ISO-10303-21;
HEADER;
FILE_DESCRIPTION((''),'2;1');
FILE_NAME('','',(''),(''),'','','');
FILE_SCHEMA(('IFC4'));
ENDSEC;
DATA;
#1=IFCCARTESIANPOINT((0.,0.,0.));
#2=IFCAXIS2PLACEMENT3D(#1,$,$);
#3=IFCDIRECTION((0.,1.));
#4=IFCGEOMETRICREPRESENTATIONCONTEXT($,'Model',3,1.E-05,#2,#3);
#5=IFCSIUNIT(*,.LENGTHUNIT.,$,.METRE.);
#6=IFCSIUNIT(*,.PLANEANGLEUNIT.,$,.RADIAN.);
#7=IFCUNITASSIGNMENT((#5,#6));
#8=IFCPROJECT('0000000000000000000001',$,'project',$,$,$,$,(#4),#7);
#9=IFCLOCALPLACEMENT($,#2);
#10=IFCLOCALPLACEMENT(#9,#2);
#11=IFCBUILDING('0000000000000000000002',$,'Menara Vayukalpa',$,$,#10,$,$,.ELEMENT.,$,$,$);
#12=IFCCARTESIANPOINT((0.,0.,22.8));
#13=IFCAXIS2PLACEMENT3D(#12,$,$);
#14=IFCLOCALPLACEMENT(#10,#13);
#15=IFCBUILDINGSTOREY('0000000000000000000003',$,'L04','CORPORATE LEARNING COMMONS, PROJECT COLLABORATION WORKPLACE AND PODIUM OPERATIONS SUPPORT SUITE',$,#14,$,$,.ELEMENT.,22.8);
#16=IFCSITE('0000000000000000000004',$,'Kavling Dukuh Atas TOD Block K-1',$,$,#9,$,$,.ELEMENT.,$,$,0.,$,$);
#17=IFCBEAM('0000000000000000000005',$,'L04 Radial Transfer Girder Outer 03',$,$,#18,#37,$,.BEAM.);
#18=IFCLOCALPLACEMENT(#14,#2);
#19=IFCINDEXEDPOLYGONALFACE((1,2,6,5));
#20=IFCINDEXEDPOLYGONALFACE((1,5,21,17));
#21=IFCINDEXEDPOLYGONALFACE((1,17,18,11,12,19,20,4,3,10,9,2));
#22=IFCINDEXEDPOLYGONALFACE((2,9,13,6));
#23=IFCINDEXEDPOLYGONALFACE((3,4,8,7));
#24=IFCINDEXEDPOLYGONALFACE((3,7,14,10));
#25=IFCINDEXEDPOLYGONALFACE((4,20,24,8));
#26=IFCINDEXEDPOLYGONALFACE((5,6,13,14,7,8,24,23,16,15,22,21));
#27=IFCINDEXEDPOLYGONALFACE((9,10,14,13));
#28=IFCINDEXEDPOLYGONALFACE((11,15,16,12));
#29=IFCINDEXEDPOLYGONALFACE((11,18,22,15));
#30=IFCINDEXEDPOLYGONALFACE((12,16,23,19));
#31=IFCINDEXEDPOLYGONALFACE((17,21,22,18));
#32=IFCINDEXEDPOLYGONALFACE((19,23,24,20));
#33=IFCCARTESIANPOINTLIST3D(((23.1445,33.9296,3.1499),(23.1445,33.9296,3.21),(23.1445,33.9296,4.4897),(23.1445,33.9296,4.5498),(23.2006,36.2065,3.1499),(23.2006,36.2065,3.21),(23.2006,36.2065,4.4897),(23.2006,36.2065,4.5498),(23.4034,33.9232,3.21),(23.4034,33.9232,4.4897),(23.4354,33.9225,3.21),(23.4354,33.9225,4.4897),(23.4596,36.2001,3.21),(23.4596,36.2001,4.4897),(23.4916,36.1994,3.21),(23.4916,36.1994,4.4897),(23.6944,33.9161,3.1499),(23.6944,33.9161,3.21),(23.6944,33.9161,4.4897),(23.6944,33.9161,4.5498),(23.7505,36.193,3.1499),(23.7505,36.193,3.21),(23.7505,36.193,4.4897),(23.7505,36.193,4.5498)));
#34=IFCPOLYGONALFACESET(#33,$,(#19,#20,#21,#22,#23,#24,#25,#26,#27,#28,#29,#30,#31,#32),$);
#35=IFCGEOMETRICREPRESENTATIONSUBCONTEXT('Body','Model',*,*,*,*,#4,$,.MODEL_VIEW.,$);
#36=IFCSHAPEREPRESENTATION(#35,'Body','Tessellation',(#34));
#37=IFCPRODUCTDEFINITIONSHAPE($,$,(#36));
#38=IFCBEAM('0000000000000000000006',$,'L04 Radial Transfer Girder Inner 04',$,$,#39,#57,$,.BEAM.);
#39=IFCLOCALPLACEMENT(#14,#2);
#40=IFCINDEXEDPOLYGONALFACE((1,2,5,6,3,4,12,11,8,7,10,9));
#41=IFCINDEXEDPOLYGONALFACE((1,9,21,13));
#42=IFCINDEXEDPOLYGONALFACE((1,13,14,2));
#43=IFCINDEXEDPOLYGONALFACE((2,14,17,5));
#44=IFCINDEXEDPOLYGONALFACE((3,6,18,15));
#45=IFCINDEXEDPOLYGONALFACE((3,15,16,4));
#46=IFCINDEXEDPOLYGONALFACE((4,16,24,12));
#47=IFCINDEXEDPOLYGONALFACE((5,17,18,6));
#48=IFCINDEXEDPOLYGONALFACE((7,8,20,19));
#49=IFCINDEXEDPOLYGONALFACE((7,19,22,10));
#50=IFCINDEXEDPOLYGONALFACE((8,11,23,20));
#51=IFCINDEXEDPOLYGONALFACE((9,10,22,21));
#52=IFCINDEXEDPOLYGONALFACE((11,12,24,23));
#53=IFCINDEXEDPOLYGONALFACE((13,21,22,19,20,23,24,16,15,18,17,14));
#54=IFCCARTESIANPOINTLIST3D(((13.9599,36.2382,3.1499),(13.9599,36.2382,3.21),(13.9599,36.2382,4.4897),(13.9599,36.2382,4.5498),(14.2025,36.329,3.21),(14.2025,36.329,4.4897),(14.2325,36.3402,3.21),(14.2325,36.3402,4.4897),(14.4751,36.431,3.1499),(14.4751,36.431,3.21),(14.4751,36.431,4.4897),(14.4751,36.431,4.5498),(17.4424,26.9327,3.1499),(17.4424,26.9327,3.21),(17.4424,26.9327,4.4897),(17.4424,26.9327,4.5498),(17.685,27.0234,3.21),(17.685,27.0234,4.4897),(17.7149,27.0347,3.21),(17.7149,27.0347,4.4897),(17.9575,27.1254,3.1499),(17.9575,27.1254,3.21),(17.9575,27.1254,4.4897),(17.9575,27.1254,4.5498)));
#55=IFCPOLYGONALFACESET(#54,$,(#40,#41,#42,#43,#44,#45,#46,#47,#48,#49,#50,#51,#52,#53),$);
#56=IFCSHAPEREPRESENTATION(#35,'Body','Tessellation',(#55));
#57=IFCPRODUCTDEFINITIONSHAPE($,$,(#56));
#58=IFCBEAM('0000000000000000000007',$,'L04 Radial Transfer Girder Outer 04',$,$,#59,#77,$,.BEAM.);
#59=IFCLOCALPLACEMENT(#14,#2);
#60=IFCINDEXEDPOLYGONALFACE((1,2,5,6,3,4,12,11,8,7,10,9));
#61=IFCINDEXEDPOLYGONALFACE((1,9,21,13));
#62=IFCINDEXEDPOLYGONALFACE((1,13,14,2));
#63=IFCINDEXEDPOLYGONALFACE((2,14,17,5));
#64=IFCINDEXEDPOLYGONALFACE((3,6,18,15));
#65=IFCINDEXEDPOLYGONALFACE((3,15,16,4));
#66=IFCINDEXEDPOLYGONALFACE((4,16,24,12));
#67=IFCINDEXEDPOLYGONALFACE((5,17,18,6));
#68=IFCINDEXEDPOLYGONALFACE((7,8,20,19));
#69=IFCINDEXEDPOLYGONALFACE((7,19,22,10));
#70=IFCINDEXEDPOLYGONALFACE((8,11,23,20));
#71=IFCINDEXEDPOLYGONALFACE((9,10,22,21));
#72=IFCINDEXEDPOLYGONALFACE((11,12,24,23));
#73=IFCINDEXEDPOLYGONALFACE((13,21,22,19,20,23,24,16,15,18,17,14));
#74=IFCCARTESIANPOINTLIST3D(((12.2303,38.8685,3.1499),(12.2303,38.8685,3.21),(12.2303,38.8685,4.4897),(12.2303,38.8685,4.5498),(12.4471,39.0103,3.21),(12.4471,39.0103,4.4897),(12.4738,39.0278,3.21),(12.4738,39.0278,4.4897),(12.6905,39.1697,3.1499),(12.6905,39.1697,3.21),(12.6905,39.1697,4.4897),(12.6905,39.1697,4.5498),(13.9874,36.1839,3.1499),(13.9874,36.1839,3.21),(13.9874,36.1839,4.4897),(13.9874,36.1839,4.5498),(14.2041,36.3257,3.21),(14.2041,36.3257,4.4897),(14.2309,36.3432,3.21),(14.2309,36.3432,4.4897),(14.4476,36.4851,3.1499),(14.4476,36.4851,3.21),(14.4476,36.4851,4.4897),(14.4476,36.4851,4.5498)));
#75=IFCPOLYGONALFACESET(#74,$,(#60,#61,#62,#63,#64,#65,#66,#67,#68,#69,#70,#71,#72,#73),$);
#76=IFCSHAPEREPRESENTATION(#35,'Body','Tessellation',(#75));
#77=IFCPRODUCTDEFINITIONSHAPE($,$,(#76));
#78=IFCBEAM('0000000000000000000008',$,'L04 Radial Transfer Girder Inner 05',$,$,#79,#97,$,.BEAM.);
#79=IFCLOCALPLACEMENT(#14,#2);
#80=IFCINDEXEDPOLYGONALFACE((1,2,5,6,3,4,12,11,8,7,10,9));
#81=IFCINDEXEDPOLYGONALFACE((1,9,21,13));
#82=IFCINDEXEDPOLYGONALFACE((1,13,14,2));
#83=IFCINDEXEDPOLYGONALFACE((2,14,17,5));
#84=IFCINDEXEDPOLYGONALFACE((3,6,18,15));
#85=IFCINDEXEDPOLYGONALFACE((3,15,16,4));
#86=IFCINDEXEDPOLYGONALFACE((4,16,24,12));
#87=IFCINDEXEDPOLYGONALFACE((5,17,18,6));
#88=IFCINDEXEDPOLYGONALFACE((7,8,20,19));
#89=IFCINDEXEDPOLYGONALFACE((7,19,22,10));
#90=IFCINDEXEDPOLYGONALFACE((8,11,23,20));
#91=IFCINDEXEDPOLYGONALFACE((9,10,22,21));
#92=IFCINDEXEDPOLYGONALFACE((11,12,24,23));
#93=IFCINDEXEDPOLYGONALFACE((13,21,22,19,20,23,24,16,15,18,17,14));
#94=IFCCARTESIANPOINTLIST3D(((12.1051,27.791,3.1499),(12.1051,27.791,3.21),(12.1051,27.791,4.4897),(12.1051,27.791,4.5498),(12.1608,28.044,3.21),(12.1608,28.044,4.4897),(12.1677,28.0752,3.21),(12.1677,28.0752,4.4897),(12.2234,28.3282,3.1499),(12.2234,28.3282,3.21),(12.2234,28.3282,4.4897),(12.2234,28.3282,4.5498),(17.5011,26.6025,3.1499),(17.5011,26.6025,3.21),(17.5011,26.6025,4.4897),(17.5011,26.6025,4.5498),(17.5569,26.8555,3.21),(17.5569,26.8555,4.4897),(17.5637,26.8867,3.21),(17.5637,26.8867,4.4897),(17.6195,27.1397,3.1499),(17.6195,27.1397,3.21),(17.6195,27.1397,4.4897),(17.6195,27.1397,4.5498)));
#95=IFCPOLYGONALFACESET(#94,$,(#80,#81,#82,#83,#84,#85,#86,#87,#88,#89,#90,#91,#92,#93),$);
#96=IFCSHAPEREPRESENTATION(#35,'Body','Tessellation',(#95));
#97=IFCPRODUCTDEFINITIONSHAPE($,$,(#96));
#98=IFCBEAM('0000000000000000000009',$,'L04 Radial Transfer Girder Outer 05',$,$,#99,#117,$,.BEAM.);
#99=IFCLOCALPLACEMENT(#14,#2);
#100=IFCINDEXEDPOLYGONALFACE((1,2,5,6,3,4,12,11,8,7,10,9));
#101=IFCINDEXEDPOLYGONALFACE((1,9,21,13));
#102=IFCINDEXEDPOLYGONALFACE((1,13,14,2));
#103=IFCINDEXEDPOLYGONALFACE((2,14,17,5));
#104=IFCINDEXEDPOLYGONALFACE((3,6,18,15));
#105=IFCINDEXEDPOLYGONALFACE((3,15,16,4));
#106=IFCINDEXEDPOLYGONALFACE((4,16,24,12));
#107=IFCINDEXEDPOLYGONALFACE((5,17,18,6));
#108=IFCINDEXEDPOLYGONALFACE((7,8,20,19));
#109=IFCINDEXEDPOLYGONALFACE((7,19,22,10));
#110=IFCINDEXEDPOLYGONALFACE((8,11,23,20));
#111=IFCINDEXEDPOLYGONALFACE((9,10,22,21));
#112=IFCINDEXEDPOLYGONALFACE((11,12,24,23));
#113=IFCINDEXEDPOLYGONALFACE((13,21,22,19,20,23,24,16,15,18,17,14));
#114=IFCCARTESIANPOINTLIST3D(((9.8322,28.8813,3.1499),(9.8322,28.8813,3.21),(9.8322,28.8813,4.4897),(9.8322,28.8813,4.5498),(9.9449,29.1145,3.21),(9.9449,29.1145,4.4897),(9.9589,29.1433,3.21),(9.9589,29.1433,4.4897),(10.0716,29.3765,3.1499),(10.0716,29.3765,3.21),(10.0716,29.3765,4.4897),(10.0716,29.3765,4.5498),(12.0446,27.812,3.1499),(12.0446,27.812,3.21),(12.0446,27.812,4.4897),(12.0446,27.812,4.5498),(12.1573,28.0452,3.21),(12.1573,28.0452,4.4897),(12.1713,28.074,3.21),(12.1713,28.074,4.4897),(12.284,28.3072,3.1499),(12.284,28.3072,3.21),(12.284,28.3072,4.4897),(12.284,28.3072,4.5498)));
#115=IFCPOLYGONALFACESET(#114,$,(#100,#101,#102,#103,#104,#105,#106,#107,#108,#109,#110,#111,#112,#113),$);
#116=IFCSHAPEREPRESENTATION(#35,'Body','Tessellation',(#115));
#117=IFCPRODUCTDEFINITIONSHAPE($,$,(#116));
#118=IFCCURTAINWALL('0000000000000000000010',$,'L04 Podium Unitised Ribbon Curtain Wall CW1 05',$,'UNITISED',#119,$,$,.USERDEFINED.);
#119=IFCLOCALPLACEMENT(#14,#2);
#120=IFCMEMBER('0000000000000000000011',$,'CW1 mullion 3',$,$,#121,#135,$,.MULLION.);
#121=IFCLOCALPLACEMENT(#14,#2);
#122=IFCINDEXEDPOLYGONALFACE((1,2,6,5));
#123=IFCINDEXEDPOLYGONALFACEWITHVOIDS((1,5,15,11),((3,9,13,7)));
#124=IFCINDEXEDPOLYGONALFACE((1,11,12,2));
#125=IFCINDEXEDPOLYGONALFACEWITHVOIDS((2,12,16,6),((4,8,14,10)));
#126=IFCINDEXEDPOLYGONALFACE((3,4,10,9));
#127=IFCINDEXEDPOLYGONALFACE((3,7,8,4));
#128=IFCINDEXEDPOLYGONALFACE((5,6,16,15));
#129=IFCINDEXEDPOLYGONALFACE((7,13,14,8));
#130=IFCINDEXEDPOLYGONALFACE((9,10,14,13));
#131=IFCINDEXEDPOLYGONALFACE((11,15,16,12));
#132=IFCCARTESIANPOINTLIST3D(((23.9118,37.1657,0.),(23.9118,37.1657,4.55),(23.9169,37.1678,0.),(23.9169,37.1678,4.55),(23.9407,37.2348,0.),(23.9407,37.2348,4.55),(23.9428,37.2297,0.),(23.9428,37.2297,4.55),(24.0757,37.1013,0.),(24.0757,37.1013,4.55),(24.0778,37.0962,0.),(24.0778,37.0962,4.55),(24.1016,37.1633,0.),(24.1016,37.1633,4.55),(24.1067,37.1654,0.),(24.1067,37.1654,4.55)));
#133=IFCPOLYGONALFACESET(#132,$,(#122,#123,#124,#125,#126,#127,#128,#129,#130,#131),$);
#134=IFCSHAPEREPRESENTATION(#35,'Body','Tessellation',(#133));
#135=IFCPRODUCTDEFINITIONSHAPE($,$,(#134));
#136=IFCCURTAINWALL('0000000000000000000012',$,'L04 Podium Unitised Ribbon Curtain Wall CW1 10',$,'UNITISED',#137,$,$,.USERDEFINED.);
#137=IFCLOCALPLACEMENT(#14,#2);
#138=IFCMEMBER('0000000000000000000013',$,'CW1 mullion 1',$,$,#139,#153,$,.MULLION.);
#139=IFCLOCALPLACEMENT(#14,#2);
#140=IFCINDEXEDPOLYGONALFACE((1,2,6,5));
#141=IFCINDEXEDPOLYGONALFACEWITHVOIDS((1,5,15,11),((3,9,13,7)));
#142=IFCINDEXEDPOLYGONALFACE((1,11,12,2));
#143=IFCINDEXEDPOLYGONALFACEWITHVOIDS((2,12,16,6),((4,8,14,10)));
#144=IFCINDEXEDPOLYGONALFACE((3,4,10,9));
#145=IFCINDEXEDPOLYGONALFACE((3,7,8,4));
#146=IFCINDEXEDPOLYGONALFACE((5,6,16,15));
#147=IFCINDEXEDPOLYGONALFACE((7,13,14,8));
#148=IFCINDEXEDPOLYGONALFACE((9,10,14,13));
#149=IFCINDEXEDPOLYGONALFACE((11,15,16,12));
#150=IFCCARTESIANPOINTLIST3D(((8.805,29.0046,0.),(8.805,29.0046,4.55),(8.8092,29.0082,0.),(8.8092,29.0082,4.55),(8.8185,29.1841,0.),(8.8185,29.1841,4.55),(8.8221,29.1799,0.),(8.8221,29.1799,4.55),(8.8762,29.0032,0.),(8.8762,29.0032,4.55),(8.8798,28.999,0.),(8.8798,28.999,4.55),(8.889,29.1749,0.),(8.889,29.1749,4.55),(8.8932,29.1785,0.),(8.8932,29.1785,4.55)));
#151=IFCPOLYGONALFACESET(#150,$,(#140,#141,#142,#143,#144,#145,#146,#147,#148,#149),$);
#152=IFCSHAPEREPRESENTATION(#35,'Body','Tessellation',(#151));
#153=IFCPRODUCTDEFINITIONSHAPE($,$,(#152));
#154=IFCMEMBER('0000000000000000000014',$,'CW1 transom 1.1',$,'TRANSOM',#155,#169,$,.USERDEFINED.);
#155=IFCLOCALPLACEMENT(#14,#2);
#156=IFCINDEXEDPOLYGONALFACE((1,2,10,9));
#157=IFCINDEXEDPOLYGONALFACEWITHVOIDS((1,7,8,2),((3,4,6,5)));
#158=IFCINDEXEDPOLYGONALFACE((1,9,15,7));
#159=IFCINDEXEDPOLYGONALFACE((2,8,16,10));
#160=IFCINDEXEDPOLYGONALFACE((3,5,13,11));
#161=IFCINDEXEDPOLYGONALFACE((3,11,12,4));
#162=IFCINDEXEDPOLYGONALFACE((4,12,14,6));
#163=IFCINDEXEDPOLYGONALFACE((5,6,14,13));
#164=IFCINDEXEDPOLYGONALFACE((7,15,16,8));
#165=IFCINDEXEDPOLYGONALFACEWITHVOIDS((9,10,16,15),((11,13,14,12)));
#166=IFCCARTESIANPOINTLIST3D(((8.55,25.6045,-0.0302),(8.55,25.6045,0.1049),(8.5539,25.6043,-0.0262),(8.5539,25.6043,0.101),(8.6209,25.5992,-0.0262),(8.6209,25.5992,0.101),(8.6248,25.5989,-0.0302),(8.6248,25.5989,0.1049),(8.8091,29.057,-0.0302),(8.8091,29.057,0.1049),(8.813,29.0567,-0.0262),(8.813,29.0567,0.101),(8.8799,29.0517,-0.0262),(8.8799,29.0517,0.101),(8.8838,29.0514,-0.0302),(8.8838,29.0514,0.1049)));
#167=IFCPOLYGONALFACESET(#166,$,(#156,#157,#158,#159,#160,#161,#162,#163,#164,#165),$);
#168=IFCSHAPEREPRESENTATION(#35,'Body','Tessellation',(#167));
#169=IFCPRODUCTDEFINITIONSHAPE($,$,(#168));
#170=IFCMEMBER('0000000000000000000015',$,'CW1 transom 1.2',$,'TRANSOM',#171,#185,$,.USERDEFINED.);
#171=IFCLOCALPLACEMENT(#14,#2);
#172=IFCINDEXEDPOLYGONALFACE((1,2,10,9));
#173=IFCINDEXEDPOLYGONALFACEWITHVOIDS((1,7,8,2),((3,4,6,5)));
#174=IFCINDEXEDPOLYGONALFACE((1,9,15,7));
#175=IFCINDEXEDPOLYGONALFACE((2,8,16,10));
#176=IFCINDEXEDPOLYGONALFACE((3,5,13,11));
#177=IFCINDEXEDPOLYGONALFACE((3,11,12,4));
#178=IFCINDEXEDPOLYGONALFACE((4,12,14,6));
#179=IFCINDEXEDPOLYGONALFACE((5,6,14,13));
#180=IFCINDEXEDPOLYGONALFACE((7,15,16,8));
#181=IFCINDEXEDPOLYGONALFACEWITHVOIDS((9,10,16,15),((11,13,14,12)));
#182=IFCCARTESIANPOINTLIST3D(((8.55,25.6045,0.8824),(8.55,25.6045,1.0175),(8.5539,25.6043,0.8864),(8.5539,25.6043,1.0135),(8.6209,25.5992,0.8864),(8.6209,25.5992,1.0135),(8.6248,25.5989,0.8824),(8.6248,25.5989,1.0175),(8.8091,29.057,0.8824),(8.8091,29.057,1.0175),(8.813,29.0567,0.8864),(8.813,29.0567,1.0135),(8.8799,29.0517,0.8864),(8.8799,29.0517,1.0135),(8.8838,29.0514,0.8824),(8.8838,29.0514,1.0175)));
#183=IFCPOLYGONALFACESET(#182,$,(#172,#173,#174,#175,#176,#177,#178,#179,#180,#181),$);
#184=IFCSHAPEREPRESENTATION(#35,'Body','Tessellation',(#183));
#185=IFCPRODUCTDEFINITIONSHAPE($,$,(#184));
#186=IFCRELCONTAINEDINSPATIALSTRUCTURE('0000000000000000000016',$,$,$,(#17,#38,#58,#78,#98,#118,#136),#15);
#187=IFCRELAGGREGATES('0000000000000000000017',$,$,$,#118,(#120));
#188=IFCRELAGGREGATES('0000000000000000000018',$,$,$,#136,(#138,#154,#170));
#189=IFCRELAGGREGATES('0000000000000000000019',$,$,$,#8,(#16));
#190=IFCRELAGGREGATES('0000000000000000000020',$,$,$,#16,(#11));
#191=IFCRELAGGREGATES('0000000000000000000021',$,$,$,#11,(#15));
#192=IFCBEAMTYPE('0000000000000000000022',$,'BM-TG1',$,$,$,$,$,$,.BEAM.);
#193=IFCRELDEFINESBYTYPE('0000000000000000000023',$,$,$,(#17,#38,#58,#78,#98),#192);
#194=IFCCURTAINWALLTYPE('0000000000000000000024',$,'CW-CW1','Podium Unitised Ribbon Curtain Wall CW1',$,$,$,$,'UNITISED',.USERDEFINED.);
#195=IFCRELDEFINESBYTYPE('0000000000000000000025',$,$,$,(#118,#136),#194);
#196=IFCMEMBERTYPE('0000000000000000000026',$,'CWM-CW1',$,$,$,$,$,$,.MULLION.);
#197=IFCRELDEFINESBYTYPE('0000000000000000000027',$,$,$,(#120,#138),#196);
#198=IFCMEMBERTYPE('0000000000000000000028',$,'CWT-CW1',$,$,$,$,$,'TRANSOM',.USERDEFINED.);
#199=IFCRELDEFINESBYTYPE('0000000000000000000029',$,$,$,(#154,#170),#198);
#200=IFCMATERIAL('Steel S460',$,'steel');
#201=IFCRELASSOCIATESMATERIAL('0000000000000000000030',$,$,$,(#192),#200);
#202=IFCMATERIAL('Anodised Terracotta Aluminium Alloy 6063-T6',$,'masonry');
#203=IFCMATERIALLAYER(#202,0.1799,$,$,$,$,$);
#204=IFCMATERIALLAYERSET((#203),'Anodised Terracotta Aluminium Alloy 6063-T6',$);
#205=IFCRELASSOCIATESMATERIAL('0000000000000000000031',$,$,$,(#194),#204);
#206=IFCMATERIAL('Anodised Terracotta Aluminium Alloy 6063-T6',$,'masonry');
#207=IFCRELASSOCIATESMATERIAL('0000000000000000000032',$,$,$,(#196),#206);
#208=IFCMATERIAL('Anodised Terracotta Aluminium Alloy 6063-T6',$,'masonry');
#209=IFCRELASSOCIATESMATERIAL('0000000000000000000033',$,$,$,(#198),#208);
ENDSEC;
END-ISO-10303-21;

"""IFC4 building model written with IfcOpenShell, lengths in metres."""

from ifc_helpers import new_model, si_unit, direction, frame, origin, origin_2d, place, context, subcontext, project, spatial, hollow_rectangle, i_section, extrude, material, layer, layer_set, material_profile, profile_set, type_object, element, aggregate, save


model = new_model("IFC4")

# Units and contexts
model_context = context("Model", 3, precision=1e-05, world=origin(), true_north=direction((0.0, 1.0)))
body_context = subcontext(model_context, "Body", "Model", "MODEL_VIEW")
ifc_project = project(units=[si_unit("LENGTHUNIT", "METRE"), si_unit("PLANEANGLEUNIT", "RADIAN")], contexts=[model_context])

# Site, building, storey
site_placement = place(None, origin())
site = spatial("IfcSite", under=ifc_project, at=site_placement, Name="Kavling Dukuh Atas TOD Block K-1", CompositionType="ELEMENT", RefElevation=0.0)
building_placement = place(site_placement, origin())
building = spatial("IfcBuilding", under=site, at=building_placement, Name="Menara Vayukalpa", CompositionType="ELEMENT")
storey_placement = place(building_placement, frame((0.0, 0.0, 22.8)))
storey = spatial("IfcBuildingStorey", under=building, at=storey_placement, Name="L04", Description="CORPORATE LEARNING COMMONS, PROJECT COLLABORATION WORKPLACE AND PODIUM OPERATIONS SUPPORT SUITE", CompositionType="ELEMENT", Elevation=22.8)

# Beams
ifc_material_1 = material(Name="Steel S460", Category="steel")
ifc_material_profile_1 = material_profile(ifc_material_1, i_section(OverallWidth=0.55, OverallDepth=1.3999, WebThickness=0.032, FlangeThickness=0.0601, at=origin_2d()), Name="WG 1400x550x32x60")
ifc_profile_set_1 = profile_set([ifc_material_profile_1], Name="Steel S460")
beam_type_1 = type_object("IfcBeamType", Name="BM-TG1", PredefinedType="BEAM", material=ifc_profile_set_1)
beam_1_placement = place(storey_placement, frame((23.4194, 33.9229, 3.8499), z_axis=(0.024655, 0.999696, 0.0), x_axis=(-0.999696, 0.024655, 0.0)))
element("IfcBeam", 1, at=beam_1_placement, inside=storey, type_object=beam_type_1, Name="L04 Radial Transfer Girder Outer 03", PredefinedType="BEAM", context=body_context, shape_type="SweptSolid", body=[
    extrude(i_section(OverallWidth=0.55, OverallDepth=1.3999, WebThickness=0.032, FlangeThickness=0.0601, at=origin_2d()), origin(), (0.0, 0.0, 1.0), 2.2776),
])
beam_2_placement = place(storey_placement, frame((17.7, 27.0291, 3.8499), z_axis=(-0.350496, 0.936564, 0.0), x_axis=(-0.936564, -0.350496, 0.0)))
element("IfcBeam", 2, at=beam_2_placement, inside=storey, type_object=beam_type_1, Name="L04 Radial Transfer Girder Inner 04", PredefinedType="BEAM", context=body_context, shape_type="SweptSolid", body=[
    extrude(i_section(OverallWidth=0.55, OverallDepth=1.3999, WebThickness=0.032, FlangeThickness=0.0601, at=origin_2d()), origin(), (0.0, 0.0, 1.0), 9.9358),
])
beam_3_placement = place(storey_placement, frame((14.2175, 36.3345, 3.8499), z_axis=(-0.547639, 0.836715, 0.0), x_axis=(-0.836715, -0.547639, 0.0)))
element("IfcBeam", 3, at=beam_3_placement, inside=storey, type_object=beam_type_1, Name="L04 Radial Transfer Girder Outer 04", PredefinedType="BEAM", context=body_context, shape_type="SweptSolid", body=[
    extrude(i_section(OverallWidth=0.55, OverallDepth=1.3999, WebThickness=0.032, FlangeThickness=0.0601, at=origin_2d()), origin(), (0.0, 0.0, 1.0), 3.2085),
])
beam_4_placement = place(storey_placement, frame((17.5603, 26.8711, 3.8499), z_axis=(-0.976593, 0.215096, 0.0), x_axis=(-0.215096, -0.976593, 0.0)))
element("IfcBeam", 4, at=beam_4_placement, inside=storey, type_object=beam_type_1, Name="L04 Radial Transfer Girder Inner 05", PredefinedType="BEAM", context=body_context, shape_type="SweptSolid", body=[
    extrude(i_section(OverallWidth=0.55, OverallDepth=1.3999, WebThickness=0.032, FlangeThickness=0.0601, at=origin_2d()), origin(), (0.0, 0.0, 1.0), 5.5254),
])
beam_5_placement = place(storey_placement, frame((12.1643, 28.0596, 3.8499), z_axis=(-0.900348, 0.435171, 0.0), x_axis=(-0.435171, -0.900348, 0.0)))
element("IfcBeam", 5, at=beam_5_placement, inside=storey, type_object=beam_type_1, Name="L04 Radial Transfer Girder Outer 05", PredefinedType="BEAM", context=body_context, shape_type="SweptSolid", body=[
    extrude(i_section(OverallWidth=0.55, OverallDepth=1.3999, WebThickness=0.032, FlangeThickness=0.0601, at=origin_2d()), origin(), (0.0, 0.0, 1.0), 2.4573),
])

# Curtain wall, member
ifc_material_2 = material(Name="Anodised Terracotta Aluminium Alloy 6063-T6", Category="masonry")
ifc_layer_1 = layer(ifc_material_2, 0.1799)
ifc_layer_set_1 = layer_set([ifc_layer_1], Name="Anodised Terracotta Aluminium Alloy 6063-T6")
curtain_wall_type = type_object("IfcCurtainWallType", Name="CW-CW1", Description="Podium Unitised Ribbon Curtain Wall CW1", ElementType="UNITISED", PredefinedType="USERDEFINED", material=ifc_layer_set_1)
curtain_wall_1_placement = place(storey_placement, origin())
curtain_wall_1 = element("IfcCurtainWall", 6, at=curtain_wall_1_placement, inside=storey, type_object=curtain_wall_type, Name="L04 Podium Unitised Ribbon Curtain Wall CW1 05", ObjectType="UNITISED", PredefinedType="USERDEFINED")
ifc_material_3 = material(Name="Anodised Terracotta Aluminium Alloy 6063-T6", Category="masonry")
ifc_material_profile_2 = material_profile(ifc_material_3, hollow_rectangle(XDim=0.075, YDim=0.1799, WallThickness=0.0039, at=origin_2d()), Name="ALU 75x180x4")
ifc_profile_set_2 = profile_set([ifc_material_profile_2], Name="Anodised Terracotta Aluminium Alloy 6063-T6")
member_type_1 = type_object("IfcMemberType", Name="CWM-CW1", PredefinedType="MULLION", material=ifc_profile_set_2)
member_1_placement = place(storey_placement, frame((24.0093, 37.1655, 0.0), z_axis=(0.0, 0.0, 1.0), x_axis=(-0.385891, -0.922545, 0.0)))
member_1 = element("IfcMember", 7, at=member_1_placement, type_object=member_type_1, Name="CW1 mullion 3", PredefinedType="MULLION", context=body_context, shape_type="SweptSolid", body=[
    extrude(hollow_rectangle(XDim=0.075, YDim=0.1799, WallThickness=0.0039, at=origin_2d()), origin(), (0.0, 0.0, 1.0), 4.55),
])
aggregate(curtain_wall_1, [member_1])

# Curtain wall, members
curtain_wall_2_placement = place(storey_placement, origin())
curtain_wall_2 = element("IfcCurtainWall", 8, at=curtain_wall_2_placement, inside=storey, type_object=curtain_wall_type, Name="L04 Podium Unitised Ribbon Curtain Wall CW1 10", ObjectType="UNITISED", PredefinedType="USERDEFINED")
member_2_placement = place(storey_placement, frame((8.8491, 29.0916, 0.0), z_axis=(0.0, 0.0, 1.0), x_axis=(0.997199, -0.074794, 0.0)))
member_2 = element("IfcMember", 9, at=member_2_placement, type_object=member_type_1, Name="CW1 mullion 1", PredefinedType="MULLION", context=body_context, shape_type="SweptSolid", body=[
    extrude(hollow_rectangle(XDim=0.075, YDim=0.1799, WallThickness=0.0039, at=origin_2d()), origin(), (0.0, 0.0, 1.0), 4.55),
])
ifc_material_4 = material(Name="Anodised Terracotta Aluminium Alloy 6063-T6", Category="masonry")
ifc_material_profile_3 = material_profile(ifc_material_4, hollow_rectangle(XDim=0.075, YDim=0.135, WallThickness=0.0039, at=origin_2d()), Name="ALU 75x135x4")
ifc_profile_set_3 = profile_set([ifc_material_profile_3], Name="Anodised Terracotta Aluminium Alloy 6063-T6")
member_type_2 = type_object("IfcMemberType", Name="CWT-CW1", ElementType="TRANSOM", PredefinedType="USERDEFINED", material=ifc_profile_set_3)
member_3_placement = place(storey_placement, frame((8.8464, 29.0542, 0.0374), z_axis=(-0.07482, -0.997197, 0.0), x_axis=(0.997197, -0.07482, 0.0)))
member_3 = element("IfcMember", 10, at=member_3_placement, type_object=member_type_2, Name="CW1 transom 1.1", ObjectType="TRANSOM", PredefinedType="USERDEFINED", context=body_context, shape_type="SweptSolid", body=[
    extrude(hollow_rectangle(XDim=0.075, YDim=0.135, WallThickness=0.0039, at=origin_2d()), origin(), (0.0, 0.0, 1.0), 3.4622),
])
member_4_placement = place(storey_placement, frame((8.8464, 29.0542, 0.95), z_axis=(-0.07482, -0.997197, 0.0), x_axis=(0.997197, -0.07482, 0.0)))
member_4 = element("IfcMember", 11, at=member_4_placement, type_object=member_type_2, Name="CW1 transom 1.2", ObjectType="TRANSOM", PredefinedType="USERDEFINED", context=body_context, shape_type="SweptSolid", body=[
    extrude(hollow_rectangle(XDim=0.075, YDim=0.135, WallThickness=0.0039, at=origin_2d()), origin(), (0.0, 0.0, 1.0), 3.4622),
])
aggregate(curtain_wall_2, [member_2, member_3, member_4])

save(model, "model.ifc")
